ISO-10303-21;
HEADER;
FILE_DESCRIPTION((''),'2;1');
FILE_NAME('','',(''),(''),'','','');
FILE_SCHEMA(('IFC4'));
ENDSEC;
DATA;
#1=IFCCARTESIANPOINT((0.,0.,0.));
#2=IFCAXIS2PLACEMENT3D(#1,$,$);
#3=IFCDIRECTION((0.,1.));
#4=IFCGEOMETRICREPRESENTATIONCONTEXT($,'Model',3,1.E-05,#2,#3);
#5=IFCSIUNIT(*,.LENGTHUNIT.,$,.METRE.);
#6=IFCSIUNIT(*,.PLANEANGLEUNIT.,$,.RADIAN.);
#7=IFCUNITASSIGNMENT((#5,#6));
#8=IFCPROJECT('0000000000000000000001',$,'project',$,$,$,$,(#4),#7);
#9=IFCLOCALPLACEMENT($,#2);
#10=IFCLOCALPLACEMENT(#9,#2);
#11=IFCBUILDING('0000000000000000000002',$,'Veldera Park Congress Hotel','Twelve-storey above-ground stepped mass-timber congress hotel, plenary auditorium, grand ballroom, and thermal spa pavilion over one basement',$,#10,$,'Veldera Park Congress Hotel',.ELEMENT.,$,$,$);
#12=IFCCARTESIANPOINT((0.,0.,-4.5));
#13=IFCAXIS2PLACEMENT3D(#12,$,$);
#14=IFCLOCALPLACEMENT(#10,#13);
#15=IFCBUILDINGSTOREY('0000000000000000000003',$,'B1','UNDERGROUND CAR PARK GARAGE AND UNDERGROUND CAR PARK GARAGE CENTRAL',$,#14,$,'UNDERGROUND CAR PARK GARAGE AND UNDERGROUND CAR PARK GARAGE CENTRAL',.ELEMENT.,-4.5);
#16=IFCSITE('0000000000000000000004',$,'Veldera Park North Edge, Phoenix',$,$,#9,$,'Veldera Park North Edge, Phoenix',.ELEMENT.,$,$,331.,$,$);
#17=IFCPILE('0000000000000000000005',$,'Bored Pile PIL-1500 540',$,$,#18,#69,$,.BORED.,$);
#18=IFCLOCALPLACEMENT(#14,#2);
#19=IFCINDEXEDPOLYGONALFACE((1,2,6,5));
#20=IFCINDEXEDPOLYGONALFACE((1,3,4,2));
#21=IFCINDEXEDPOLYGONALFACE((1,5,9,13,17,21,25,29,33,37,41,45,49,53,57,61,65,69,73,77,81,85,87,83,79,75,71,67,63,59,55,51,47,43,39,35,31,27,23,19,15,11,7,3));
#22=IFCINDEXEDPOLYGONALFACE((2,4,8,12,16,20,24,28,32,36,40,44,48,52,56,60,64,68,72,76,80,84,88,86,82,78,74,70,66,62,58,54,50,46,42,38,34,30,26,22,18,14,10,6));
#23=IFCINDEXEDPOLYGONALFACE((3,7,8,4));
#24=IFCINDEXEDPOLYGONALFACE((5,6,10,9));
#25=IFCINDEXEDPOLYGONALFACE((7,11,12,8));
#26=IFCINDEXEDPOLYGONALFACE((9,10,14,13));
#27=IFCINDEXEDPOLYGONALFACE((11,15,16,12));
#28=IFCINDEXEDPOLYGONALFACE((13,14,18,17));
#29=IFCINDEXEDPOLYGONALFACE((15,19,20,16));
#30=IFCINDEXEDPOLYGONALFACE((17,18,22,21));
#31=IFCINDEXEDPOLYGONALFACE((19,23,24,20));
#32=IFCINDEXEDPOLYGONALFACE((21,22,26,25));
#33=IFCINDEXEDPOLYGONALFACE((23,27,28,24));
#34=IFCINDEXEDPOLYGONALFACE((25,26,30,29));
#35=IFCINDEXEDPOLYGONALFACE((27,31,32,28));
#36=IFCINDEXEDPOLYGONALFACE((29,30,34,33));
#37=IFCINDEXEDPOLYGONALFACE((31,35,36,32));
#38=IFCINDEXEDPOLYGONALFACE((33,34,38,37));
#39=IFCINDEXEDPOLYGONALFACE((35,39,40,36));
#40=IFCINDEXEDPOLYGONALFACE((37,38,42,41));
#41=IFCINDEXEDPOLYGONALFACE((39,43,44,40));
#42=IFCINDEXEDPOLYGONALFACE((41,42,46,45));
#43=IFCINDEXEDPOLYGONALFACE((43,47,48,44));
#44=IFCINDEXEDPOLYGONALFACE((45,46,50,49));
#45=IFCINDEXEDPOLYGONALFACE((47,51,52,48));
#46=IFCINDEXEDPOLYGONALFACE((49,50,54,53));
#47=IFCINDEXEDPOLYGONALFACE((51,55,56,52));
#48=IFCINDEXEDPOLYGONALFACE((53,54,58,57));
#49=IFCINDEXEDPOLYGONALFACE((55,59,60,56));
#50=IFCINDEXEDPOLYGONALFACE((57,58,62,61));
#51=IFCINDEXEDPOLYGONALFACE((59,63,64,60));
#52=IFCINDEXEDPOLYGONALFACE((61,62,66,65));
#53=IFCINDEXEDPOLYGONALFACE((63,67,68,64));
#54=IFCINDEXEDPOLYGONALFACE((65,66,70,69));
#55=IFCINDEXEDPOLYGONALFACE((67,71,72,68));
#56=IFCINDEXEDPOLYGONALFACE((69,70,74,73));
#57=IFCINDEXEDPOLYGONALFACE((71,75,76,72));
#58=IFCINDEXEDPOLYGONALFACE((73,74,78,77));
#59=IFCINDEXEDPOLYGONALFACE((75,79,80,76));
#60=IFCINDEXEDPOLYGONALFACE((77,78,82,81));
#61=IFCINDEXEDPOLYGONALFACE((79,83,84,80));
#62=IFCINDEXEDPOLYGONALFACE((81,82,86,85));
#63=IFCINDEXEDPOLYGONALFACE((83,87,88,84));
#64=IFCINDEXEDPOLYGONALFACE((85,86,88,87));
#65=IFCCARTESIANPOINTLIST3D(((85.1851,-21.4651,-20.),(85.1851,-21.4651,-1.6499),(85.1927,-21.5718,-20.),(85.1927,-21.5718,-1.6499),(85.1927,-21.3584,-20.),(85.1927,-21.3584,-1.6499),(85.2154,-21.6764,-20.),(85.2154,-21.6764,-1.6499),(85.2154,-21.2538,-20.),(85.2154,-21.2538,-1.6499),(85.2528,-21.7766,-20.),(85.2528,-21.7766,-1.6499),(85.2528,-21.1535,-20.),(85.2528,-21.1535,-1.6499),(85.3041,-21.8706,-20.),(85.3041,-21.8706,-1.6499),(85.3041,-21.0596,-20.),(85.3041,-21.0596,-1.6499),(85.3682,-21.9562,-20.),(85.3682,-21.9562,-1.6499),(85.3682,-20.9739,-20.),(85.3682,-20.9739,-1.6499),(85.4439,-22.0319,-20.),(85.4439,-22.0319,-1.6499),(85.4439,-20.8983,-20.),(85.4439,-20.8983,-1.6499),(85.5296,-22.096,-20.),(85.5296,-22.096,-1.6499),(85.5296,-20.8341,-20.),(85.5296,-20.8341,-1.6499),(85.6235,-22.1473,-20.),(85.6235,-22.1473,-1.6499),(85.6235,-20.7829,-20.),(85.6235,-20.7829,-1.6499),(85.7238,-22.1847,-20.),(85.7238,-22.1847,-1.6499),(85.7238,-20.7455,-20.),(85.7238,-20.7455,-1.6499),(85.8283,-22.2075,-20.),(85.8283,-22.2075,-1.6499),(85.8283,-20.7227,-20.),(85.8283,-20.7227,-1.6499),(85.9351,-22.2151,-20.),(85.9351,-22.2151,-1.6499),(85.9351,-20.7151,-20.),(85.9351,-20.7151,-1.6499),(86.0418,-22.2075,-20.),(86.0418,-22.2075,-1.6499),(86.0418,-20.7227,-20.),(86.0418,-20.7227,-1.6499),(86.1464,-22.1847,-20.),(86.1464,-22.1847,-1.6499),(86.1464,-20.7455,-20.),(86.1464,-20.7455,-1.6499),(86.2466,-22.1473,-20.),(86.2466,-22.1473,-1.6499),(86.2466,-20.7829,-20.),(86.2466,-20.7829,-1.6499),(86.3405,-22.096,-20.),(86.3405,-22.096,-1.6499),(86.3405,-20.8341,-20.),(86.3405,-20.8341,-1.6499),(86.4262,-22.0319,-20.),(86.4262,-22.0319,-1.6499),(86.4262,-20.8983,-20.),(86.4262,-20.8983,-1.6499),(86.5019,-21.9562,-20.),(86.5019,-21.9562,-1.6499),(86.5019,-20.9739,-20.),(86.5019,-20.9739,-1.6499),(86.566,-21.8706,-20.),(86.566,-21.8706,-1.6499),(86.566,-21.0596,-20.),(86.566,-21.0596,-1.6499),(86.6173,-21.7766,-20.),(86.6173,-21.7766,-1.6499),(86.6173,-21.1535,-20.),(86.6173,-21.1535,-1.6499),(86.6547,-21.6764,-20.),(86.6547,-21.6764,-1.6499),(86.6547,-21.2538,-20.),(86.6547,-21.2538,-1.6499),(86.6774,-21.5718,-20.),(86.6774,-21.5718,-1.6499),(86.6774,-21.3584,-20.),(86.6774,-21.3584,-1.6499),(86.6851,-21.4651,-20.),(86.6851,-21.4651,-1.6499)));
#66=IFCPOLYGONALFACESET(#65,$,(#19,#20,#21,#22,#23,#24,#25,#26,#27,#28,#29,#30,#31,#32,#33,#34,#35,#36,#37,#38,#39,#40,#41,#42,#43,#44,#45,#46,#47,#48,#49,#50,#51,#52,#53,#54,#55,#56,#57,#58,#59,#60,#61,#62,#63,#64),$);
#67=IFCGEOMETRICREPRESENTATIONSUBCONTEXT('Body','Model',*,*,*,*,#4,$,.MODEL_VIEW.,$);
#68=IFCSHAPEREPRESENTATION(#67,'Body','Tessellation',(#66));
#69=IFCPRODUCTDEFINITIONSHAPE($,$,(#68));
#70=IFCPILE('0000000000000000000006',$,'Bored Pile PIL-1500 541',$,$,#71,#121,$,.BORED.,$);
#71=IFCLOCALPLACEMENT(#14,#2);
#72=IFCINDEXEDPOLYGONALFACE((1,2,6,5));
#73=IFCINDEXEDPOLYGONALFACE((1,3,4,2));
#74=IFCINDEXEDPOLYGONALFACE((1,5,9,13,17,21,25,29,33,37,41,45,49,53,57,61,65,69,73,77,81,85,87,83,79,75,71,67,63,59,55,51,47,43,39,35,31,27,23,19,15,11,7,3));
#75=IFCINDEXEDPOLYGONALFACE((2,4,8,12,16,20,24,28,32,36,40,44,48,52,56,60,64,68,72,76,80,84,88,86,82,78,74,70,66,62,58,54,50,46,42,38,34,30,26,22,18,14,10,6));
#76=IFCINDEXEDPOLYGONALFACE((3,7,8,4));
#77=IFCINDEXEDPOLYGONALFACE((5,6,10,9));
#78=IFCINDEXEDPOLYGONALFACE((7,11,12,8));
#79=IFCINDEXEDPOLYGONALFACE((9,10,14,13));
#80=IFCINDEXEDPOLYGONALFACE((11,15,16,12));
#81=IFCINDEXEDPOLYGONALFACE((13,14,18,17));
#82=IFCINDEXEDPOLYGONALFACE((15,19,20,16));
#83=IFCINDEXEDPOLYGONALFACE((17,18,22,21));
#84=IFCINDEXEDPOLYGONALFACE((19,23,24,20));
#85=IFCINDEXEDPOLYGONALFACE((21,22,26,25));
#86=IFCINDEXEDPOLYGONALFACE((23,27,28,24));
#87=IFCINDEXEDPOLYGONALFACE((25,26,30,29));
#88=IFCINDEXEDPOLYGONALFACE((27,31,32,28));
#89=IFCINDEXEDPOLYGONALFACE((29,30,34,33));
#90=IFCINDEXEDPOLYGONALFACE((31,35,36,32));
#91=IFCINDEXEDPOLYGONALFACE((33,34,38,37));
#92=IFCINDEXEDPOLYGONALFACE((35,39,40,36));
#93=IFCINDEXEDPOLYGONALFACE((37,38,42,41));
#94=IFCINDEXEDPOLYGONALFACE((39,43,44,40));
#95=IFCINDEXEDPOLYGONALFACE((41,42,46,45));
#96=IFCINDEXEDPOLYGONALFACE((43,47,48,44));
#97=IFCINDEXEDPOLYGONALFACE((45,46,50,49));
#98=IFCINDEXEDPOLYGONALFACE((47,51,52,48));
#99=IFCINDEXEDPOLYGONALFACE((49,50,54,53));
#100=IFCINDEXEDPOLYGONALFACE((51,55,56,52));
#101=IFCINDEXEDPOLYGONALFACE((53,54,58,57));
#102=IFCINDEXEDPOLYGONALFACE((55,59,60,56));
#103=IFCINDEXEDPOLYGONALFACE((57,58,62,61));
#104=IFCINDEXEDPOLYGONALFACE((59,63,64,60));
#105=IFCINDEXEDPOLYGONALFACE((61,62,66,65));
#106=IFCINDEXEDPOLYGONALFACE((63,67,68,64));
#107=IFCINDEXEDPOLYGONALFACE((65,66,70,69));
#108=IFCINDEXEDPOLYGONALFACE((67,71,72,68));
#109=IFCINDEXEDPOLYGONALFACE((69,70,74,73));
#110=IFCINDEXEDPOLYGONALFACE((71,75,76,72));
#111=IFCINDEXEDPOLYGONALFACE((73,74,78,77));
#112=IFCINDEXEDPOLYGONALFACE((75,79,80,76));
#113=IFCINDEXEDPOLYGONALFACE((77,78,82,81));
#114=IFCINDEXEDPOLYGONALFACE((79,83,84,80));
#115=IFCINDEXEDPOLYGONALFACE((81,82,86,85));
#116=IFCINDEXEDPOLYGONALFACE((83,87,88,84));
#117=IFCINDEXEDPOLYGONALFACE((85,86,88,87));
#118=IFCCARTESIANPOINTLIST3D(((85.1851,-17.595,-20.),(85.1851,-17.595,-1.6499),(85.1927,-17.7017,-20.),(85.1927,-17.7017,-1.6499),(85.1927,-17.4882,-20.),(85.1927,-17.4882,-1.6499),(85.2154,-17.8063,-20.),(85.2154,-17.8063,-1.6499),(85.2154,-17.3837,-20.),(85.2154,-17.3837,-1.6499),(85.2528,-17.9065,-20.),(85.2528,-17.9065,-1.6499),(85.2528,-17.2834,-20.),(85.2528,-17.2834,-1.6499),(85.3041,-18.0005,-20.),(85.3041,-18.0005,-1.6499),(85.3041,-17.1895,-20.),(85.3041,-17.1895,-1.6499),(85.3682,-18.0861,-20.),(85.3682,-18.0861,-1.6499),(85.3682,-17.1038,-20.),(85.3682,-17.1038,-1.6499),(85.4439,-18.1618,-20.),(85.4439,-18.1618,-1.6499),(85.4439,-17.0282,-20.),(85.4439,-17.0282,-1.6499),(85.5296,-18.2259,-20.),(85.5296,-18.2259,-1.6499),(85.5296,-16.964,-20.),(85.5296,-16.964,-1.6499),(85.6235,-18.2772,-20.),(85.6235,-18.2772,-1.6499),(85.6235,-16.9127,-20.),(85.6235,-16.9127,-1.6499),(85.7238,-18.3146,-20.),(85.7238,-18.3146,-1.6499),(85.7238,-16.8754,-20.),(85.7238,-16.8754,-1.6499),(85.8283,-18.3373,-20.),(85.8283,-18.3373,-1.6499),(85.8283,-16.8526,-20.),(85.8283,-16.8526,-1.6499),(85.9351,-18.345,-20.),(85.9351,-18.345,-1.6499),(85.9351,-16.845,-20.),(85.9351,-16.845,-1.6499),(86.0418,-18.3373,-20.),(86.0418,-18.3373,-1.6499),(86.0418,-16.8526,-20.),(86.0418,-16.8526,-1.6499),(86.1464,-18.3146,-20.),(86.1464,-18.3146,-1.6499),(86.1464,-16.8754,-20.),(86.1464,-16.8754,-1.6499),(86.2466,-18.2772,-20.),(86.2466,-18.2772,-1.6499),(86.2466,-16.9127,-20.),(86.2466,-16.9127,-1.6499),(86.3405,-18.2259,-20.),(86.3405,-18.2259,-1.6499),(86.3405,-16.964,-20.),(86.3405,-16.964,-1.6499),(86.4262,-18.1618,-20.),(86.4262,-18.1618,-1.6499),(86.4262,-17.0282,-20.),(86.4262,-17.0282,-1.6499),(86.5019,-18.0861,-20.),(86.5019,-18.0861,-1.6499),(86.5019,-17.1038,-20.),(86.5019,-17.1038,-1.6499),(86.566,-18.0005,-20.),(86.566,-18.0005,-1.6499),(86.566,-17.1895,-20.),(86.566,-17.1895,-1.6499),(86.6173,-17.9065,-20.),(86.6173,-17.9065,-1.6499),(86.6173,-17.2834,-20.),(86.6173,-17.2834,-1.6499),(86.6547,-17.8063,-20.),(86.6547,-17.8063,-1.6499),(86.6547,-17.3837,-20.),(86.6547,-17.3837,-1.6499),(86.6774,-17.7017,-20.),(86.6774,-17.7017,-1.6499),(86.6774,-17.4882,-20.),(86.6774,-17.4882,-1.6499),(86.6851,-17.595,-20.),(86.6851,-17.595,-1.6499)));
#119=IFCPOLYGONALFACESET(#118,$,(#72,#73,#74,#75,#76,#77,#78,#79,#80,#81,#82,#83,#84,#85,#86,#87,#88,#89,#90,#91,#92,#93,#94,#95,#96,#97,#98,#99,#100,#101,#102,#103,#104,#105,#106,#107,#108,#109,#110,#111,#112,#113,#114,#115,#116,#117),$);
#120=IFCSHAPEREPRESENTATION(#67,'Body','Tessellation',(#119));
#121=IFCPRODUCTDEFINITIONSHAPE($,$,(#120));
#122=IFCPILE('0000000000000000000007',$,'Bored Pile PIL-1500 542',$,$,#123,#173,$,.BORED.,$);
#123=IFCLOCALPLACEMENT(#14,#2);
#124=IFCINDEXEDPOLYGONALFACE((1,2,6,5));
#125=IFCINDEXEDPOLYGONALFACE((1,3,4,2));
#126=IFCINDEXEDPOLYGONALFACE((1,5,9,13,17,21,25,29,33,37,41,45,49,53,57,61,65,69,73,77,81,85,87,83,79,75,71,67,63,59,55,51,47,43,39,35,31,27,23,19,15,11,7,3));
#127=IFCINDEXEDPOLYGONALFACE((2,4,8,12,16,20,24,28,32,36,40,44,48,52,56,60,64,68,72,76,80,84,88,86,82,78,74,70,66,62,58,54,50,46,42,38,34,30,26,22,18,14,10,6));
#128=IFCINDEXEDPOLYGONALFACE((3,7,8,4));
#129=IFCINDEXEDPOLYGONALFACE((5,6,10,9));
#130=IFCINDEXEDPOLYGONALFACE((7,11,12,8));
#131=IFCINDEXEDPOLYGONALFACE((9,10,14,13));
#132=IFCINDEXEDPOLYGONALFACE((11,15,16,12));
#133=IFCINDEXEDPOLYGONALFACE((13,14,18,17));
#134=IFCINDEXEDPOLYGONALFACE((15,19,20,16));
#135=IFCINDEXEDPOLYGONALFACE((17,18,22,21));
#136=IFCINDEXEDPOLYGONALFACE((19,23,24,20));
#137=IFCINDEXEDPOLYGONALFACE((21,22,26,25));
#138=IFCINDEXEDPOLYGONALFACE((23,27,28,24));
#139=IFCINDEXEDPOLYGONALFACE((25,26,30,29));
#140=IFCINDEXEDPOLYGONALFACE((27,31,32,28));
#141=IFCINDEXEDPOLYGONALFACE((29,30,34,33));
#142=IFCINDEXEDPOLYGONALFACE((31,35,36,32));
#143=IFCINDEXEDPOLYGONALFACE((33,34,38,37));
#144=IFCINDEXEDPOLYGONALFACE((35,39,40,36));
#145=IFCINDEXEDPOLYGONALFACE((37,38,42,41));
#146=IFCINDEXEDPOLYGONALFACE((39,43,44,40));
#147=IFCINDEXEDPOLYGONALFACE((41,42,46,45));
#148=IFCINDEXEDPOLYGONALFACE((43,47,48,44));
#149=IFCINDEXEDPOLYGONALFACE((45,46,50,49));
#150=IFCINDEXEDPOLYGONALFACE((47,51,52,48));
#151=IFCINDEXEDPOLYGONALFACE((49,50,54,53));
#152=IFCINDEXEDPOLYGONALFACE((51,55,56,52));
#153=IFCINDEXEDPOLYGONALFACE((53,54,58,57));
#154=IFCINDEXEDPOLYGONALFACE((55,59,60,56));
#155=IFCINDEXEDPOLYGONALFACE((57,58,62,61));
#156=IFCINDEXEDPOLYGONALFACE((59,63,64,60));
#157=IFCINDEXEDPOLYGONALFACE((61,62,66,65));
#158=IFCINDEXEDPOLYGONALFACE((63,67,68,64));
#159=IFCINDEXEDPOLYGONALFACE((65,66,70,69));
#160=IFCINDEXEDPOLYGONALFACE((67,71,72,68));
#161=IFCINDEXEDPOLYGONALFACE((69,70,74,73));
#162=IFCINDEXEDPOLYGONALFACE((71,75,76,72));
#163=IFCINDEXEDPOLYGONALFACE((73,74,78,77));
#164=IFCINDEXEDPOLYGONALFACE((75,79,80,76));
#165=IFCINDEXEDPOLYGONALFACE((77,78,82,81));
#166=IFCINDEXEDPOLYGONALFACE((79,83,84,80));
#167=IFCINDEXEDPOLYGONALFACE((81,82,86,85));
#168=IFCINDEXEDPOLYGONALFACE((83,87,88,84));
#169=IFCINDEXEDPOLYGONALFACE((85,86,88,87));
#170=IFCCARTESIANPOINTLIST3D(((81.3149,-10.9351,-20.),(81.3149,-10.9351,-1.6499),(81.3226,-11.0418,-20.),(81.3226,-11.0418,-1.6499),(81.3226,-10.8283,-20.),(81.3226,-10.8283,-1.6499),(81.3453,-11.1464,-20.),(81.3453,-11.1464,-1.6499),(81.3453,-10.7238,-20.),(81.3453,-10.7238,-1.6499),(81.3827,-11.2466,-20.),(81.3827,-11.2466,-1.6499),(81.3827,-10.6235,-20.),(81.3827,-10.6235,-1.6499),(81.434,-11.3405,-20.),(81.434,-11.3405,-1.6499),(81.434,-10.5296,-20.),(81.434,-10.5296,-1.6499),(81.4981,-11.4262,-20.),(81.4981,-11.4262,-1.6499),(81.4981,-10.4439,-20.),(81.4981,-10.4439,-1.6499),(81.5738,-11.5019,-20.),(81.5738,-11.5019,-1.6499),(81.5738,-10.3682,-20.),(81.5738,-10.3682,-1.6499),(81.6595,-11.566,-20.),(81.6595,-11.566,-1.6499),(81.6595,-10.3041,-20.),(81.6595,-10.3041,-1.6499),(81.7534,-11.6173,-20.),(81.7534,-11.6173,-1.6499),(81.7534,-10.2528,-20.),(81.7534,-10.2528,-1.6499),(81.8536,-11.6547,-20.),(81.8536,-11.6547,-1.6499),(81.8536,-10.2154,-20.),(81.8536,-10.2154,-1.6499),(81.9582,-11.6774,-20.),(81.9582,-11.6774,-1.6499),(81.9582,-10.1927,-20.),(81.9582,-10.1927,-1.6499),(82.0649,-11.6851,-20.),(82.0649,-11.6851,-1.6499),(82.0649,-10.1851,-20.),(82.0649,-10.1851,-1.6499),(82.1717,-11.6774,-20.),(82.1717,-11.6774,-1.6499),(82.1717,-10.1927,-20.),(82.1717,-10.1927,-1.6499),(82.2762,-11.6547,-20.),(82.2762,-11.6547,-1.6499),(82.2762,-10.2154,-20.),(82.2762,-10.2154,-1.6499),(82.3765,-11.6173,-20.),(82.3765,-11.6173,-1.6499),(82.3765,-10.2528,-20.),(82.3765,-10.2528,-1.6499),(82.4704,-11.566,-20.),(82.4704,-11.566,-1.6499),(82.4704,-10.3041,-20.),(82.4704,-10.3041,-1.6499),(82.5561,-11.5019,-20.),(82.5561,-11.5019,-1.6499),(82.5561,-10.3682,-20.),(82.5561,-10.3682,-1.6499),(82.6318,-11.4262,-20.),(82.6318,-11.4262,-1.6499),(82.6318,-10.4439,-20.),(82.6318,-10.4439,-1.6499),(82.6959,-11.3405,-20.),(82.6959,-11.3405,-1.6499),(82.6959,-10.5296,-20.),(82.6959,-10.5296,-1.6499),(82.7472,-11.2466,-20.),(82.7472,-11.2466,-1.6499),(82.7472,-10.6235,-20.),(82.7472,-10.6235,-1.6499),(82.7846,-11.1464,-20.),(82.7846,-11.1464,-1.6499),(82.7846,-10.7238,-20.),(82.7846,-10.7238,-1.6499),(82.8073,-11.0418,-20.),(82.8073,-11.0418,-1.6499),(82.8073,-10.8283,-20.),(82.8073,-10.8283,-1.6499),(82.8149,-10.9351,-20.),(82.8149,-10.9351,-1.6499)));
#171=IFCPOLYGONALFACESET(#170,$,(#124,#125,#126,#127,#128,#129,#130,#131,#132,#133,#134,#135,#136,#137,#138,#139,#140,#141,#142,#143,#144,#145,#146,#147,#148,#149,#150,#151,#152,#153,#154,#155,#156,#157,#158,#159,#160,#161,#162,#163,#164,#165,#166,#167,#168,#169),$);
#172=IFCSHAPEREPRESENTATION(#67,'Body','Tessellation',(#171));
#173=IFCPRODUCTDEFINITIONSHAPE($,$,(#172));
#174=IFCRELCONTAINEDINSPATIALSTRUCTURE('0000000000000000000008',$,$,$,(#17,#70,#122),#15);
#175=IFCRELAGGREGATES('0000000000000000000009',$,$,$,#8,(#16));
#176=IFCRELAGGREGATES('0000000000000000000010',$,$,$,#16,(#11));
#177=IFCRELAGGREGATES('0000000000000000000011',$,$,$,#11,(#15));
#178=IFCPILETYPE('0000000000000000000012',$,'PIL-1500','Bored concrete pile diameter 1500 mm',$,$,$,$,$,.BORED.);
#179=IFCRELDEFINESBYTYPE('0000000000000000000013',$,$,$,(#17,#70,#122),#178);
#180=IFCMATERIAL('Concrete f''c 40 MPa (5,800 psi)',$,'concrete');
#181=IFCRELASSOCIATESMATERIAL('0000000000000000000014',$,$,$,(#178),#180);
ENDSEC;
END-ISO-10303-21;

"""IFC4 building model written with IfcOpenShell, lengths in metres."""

from ifc_helpers import new_model, si_unit, direction, frame, origin, origin_2d, place, context, subcontext, project, spatial, circle, extrude, material, material_profile, profile_set, type_object, element, save


model = new_model("IFC4")

# Units and contexts
model_context = context("Model", 3, precision=1e-05, world=origin(), true_north=direction((0.0, 1.0)))
body_context = subcontext(model_context, "Body", "Model", "MODEL_VIEW")
ifc_project = project(units=[si_unit("LENGTHUNIT", "METRE"), si_unit("PLANEANGLEUNIT", "RADIAN")], contexts=[model_context])

# Site, building, storey
site_placement = place(None, origin())
site = spatial("IfcSite", under=ifc_project, at=site_placement, Name="Veldera Park North Edge, Phoenix", LongName="Veldera Park North Edge, Phoenix", CompositionType="ELEMENT", RefElevation=331.0)
building_placement = place(site_placement, origin())
building = spatial("IfcBuilding", under=site, at=building_placement, Name="Veldera Park Congress Hotel", Description="Twelve-storey above-ground stepped mass-timber congress hotel, plenary auditorium, grand ballroom, and thermal spa pavilion over one basement", LongName="Veldera Park Congress Hotel", CompositionType="ELEMENT")
storey_placement = place(building_placement, frame((0.0, 0.0, -4.5)))
storey = spatial("IfcBuildingStorey", under=building, at=storey_placement, Name="B1", Description="UNDERGROUND CAR PARK GARAGE AND UNDERGROUND CAR PARK GARAGE CENTRAL", LongName="UNDERGROUND CAR PARK GARAGE AND UNDERGROUND CAR PARK GARAGE CENTRAL", CompositionType="ELEMENT", Elevation=-4.5)

# Shared definitions
ifc_material_1 = material(Name="Concrete f'c 40 MPa (5,800 psi)", Category="concrete")

# Piles
ifc_material_profile_1 = material_profile(ifc_material_1, circle(Radius=0.75, at=origin_2d()), Name="PILE D1500")
ifc_profile_set_1 = profile_set([ifc_material_profile_1], Name="Concrete f'c 40 MPa (5,800 psi)")
pile_type = type_object("IfcPileType", Name="PIL-1500", Description="Bored concrete pile diameter 1500 mm", PredefinedType="BORED", material=ifc_profile_set_1)
for number, where, z_axis, x_axis, name in (
    (1, (85.9351, -21.4651, -1.6499), (0.0, 0.0, -1.0), (1.0, 0.0, 0.0), "Bored Pile PIL-1500 540"),
    (2, (85.9351, -17.595, -1.6499), (0.0, 0.0, -1.0), (1.0, 0.0, 0.0), "Bored Pile PIL-1500 541"),
    (3, (82.0649, -10.9351, -1.6499), (0.0, 0.0, -1.0), (1.0, 0.0, 0.0), "Bored Pile PIL-1500 542"),
):
    element("IfcPile", number, at=place(storey_placement, frame(where, z_axis=z_axis, x_axis=x_axis)), inside=storey, type_object=pile_type, Name=name, PredefinedType="BORED", context=body_context, shape_type="SweptSolid", body=[
        extrude(circle(Radius=0.75, at=origin_2d()), origin(), (0.0, 0.0, 1.0), 18.3501),
    ])

save(model, "model.ifc")
